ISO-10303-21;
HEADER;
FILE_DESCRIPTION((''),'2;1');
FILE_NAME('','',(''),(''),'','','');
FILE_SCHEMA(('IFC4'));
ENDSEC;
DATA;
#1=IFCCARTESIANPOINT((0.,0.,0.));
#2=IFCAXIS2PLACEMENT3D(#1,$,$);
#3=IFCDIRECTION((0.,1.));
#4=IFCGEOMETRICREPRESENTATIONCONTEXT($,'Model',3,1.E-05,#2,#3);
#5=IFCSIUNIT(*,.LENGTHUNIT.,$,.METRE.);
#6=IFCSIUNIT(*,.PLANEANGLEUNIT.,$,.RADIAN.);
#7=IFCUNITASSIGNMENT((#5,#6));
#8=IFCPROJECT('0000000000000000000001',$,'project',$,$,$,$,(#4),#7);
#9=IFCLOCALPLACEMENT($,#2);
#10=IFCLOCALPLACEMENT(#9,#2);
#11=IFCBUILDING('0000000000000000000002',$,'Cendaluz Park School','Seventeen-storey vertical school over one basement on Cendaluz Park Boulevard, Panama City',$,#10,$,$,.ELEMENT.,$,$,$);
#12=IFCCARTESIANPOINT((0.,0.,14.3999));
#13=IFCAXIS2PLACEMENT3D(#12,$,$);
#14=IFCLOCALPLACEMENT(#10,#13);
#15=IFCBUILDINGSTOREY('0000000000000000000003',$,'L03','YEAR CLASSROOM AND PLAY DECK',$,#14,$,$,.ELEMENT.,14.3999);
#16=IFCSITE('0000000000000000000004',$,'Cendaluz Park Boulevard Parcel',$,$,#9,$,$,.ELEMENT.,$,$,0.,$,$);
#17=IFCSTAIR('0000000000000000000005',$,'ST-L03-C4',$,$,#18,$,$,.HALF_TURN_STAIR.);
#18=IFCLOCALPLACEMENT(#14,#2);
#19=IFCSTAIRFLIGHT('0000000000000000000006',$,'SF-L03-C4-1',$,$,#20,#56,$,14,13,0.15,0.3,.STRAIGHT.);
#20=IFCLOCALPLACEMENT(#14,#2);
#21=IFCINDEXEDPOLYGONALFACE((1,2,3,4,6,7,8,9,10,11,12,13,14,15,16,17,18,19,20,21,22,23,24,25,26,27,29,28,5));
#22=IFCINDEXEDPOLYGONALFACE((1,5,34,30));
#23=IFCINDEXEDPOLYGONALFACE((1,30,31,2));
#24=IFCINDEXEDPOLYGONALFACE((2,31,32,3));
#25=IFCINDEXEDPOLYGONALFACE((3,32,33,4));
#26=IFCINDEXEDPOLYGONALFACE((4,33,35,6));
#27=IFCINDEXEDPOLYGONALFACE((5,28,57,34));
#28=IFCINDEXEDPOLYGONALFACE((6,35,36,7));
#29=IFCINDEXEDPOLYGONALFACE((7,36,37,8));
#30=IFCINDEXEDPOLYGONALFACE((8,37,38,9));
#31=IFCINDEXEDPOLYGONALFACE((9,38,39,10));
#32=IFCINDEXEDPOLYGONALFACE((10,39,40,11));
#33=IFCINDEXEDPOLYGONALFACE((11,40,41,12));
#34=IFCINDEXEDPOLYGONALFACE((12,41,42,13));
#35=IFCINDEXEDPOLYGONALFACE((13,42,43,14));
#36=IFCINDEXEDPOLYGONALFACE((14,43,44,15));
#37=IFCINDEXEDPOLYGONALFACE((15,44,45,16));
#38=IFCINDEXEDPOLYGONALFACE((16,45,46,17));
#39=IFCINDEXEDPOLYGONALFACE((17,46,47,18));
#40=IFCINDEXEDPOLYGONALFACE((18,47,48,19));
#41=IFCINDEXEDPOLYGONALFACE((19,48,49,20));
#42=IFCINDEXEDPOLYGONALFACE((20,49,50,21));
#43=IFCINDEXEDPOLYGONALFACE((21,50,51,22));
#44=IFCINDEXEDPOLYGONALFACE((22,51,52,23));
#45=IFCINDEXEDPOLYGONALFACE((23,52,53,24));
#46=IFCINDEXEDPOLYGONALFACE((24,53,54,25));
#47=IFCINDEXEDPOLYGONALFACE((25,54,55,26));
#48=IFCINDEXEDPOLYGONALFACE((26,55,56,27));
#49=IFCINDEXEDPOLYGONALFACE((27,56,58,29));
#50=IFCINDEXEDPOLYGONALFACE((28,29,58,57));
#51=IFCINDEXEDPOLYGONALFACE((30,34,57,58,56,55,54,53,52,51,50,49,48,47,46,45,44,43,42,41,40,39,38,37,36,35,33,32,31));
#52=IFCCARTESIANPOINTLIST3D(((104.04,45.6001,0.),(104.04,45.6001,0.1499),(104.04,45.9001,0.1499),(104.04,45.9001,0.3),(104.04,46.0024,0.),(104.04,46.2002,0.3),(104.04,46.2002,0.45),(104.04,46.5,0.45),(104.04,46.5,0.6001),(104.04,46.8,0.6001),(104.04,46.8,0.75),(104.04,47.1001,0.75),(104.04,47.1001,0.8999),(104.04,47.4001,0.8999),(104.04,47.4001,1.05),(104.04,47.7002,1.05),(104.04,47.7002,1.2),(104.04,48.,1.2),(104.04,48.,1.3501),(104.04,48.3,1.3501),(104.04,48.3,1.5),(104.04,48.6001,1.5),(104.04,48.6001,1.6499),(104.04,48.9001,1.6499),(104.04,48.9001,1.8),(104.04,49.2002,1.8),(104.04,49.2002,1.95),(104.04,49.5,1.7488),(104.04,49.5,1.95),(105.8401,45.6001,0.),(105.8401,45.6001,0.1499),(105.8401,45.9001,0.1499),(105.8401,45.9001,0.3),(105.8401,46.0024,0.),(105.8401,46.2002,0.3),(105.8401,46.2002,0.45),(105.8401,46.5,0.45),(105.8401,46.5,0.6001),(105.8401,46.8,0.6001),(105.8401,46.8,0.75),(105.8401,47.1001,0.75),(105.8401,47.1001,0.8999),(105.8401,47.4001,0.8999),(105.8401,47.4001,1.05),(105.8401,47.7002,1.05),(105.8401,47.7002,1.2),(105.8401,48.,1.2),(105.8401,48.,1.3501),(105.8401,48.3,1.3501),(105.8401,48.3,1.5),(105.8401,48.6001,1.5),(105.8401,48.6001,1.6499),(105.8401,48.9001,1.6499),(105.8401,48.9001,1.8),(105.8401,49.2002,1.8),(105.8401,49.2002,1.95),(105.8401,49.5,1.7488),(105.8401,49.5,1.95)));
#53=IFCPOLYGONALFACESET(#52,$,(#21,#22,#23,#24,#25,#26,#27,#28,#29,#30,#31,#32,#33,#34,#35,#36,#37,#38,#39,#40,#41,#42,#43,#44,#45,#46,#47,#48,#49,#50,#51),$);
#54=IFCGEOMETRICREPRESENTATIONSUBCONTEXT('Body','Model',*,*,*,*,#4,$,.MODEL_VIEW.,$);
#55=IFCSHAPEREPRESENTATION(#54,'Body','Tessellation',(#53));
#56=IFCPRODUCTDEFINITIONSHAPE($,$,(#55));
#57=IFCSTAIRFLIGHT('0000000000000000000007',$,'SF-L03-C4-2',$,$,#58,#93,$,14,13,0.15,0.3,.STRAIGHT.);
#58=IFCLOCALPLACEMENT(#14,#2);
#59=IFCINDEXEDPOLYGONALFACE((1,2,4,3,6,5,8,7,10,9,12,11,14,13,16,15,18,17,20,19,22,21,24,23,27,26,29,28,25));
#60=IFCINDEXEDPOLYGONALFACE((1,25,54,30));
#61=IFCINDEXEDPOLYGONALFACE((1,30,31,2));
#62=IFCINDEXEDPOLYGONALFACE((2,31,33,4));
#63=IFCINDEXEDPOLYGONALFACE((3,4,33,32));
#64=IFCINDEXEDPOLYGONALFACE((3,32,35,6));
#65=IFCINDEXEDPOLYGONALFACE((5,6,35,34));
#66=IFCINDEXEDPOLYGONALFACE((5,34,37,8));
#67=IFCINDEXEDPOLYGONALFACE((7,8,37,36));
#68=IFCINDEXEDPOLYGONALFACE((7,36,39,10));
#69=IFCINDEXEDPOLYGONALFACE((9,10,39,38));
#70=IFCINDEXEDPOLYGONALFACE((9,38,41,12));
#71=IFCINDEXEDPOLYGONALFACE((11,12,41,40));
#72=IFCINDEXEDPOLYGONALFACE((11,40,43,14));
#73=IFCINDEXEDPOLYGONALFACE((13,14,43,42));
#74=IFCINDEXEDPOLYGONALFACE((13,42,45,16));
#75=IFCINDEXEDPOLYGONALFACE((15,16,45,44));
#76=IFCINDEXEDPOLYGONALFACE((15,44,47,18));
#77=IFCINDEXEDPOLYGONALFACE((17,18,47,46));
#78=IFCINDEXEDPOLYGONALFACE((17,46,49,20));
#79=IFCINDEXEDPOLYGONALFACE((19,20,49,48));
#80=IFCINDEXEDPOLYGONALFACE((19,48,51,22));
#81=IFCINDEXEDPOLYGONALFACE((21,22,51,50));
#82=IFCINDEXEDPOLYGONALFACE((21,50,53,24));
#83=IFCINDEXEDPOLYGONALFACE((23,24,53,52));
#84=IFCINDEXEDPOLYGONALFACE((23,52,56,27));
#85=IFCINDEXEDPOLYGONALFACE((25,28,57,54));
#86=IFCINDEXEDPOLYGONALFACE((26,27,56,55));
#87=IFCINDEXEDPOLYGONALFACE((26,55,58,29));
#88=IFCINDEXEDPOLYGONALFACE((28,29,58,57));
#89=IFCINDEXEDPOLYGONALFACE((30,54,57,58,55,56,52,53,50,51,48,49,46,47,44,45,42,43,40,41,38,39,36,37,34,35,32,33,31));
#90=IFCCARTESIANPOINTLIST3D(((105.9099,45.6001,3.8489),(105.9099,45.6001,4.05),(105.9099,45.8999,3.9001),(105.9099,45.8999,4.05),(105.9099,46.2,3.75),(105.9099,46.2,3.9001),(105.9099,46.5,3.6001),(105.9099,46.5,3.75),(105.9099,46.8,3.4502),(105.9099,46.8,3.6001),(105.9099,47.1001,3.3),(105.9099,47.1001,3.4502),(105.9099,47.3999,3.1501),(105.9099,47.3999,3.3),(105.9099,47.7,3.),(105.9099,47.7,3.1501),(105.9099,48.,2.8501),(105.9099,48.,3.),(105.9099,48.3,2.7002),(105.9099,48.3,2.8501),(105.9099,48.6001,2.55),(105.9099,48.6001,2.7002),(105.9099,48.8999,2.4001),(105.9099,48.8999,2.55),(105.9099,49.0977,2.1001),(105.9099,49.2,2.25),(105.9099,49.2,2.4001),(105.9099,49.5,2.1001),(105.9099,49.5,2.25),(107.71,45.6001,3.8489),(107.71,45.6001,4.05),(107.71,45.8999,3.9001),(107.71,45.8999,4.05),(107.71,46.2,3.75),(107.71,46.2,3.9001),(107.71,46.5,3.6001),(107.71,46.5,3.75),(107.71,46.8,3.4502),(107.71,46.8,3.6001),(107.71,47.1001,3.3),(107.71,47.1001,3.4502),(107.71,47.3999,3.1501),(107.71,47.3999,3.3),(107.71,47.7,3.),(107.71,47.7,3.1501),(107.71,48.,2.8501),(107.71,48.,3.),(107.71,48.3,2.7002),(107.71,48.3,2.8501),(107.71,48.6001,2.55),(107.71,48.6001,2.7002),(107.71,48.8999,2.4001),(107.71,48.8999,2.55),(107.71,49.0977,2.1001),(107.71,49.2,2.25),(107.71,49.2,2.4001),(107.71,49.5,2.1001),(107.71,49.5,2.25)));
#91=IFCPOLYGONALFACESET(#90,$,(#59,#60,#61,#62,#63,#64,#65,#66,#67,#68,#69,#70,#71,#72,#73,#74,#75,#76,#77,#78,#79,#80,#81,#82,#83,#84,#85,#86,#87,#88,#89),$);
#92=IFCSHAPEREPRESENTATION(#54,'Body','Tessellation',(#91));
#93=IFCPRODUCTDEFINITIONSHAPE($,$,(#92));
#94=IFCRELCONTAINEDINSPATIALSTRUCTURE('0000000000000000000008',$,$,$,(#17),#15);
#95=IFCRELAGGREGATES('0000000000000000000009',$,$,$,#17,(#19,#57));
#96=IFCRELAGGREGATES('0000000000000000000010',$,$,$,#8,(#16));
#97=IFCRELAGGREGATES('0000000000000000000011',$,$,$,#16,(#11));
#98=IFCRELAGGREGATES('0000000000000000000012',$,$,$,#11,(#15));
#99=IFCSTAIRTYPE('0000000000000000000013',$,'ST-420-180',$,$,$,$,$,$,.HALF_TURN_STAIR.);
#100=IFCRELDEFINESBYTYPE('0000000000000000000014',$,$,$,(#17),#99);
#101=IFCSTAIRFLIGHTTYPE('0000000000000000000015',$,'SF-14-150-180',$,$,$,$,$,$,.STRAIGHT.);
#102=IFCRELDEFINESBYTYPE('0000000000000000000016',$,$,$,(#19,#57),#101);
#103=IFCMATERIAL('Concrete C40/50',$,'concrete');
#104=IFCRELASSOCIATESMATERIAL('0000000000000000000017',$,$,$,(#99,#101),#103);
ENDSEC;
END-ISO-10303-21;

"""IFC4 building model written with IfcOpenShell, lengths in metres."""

from ifc_helpers import new_model, si_unit, direction, frame, origin, place, context, subcontext, project, spatial, polyline, outline, extrude, material, type_object, element, aggregate, save


model = new_model("IFC4")

# Units and contexts
model_context = context("Model", 3, precision=1e-05, world=origin(), true_north=direction((0.0, 1.0)))
body_context = subcontext(model_context, "Body", "Model", "MODEL_VIEW")
ifc_project = project(units=[si_unit("LENGTHUNIT", "METRE"), si_unit("PLANEANGLEUNIT", "RADIAN")], contexts=[model_context])

# Site, building, storey
site_placement = place(None, origin())
site = spatial("IfcSite", under=ifc_project, at=site_placement, Name="Cendaluz Park Boulevard Parcel", CompositionType="ELEMENT", RefElevation=0.0)
building_placement = place(site_placement, origin())
building = spatial("IfcBuilding", under=site, at=building_placement, Name="Cendaluz Park School", Description="Seventeen-storey vertical school over one basement on Cendaluz Park Boulevard, Panama City", CompositionType="ELEMENT")
storey_placement = place(building_placement, frame((0.0, 0.0, 14.3999)))
storey = spatial("IfcBuildingStorey", under=building, at=storey_placement, Name="L03", Description="YEAR CLASSROOM AND PLAY DECK", CompositionType="ELEMENT", Elevation=14.3999)

# Shared definitions
ifc_material_1 = material(Name="Concrete C40/50", Category="concrete")

# Stair, stair flights
stair_type = type_object("IfcStairType", Name="ST-420-180", PredefinedType="HALF_TURN_STAIR", material=ifc_material_1)
stair_placement = place(storey_placement, origin())
stair = element("IfcStair", 1, at=stair_placement, inside=storey, type_object=stair_type, Name="ST-L03-C4", PredefinedType="HALF_TURN_STAIR")
stair_flight_type = type_object("IfcStairFlightType", Name="SF-14-150-180", PredefinedType="STRAIGHT", material=ifc_material_1)
stair_flight_1_placement = place(storey_placement, frame((104.9399, 45.6001, 0.0), z_axis=(0.0, 0.0, 1.0), x_axis=(0.0, 1.0, 0.0)))
stair_flight_1 = element("IfcStairFlight", 2, at=stair_flight_1_placement, type_object=stair_flight_type, Name="SF-L03-C4-1", NumberOfRisers=14, NumberOfTreads=13, PredefinedType="STRAIGHT", RiserHeight=0.15, TreadLength=0.3, context=body_context, shape_type="SweptSolid", body=[
    extrude(outline(polyline([(0.0, 0.0), (0.0, 0.1499), (0.3, 0.1499), (0.3, 0.3), (0.6001, 0.3), (0.6001, 0.45), (0.8999, 0.45), (0.8999, 0.6001), (1.2, 0.6001), (1.2, 0.75), (1.5, 0.75), (1.5, 0.8999), (1.8, 0.8999), (1.8, 1.05), (2.1001, 1.05), (2.1001, 1.2), (2.3999, 1.2), (2.3999, 1.3501), (2.7, 1.3501), (2.7, 1.5), (3.0, 1.5), (3.0, 1.6499), (3.3, 1.6499), (3.3, 1.8), (3.6001, 1.8), (3.6001, 1.95), (3.8999, 1.95), (3.8999, 2.1001), (3.8999, 1.7488), (0.4023, 0.0), (0.0, 0.0)])), frame((0.0, 0.8999, 0.0), z_axis=(0.0, -1.0, 0.0), x_axis=(1.0, 0.0, 0.0)), (0.0, 0.0, 1.0), 1.8),
])
stair_flight_2_placement = place(storey_placement, frame((106.8101, 49.5, 2.1001), z_axis=(0.0, 0.0, 1.0), x_axis=(0.0, -1.0, 0.0)))
stair_flight_2 = element("IfcStairFlight", 3, at=stair_flight_2_placement, type_object=stair_flight_type, Name="SF-L03-C4-2", NumberOfRisers=14, NumberOfTreads=13, PredefinedType="STRAIGHT", RiserHeight=0.15, TreadLength=0.3, context=body_context, shape_type="SweptSolid", body=[
    extrude(outline(polyline([(0.0, 0.0), (0.0, 0.1499), (0.3, 0.1499), (0.3, 0.3), (0.6001, 0.3), (0.6001, 0.45), (0.8999, 0.45), (0.8999, 0.6001), (1.2, 0.6001), (1.2, 0.75), (1.5, 0.75), (1.5, 0.8999), (1.8, 0.8999), (1.8, 1.05), (2.1001, 1.05), (2.1001, 1.2), (2.3999, 1.2), (2.3999, 1.3501), (2.7, 1.3501), (2.7, 1.5), (3.0, 1.5), (3.0, 1.6499), (3.3, 1.6499), (3.3, 1.8), (3.6001, 1.8), (3.6001, 1.95), (3.8999, 1.95), (3.8999, 2.1001), (3.8999, 1.7488), (0.4023, 0.0), (0.0, 0.0)])), frame((0.0, 0.8999, 0.0), z_axis=(0.0, -1.0, 0.0), x_axis=(1.0, 0.0, 0.0)), (0.0, 0.0, 1.0), 1.8),
])
aggregate(stair, [stair_flight_1, stair_flight_2])

save(model, "model.ifc")
